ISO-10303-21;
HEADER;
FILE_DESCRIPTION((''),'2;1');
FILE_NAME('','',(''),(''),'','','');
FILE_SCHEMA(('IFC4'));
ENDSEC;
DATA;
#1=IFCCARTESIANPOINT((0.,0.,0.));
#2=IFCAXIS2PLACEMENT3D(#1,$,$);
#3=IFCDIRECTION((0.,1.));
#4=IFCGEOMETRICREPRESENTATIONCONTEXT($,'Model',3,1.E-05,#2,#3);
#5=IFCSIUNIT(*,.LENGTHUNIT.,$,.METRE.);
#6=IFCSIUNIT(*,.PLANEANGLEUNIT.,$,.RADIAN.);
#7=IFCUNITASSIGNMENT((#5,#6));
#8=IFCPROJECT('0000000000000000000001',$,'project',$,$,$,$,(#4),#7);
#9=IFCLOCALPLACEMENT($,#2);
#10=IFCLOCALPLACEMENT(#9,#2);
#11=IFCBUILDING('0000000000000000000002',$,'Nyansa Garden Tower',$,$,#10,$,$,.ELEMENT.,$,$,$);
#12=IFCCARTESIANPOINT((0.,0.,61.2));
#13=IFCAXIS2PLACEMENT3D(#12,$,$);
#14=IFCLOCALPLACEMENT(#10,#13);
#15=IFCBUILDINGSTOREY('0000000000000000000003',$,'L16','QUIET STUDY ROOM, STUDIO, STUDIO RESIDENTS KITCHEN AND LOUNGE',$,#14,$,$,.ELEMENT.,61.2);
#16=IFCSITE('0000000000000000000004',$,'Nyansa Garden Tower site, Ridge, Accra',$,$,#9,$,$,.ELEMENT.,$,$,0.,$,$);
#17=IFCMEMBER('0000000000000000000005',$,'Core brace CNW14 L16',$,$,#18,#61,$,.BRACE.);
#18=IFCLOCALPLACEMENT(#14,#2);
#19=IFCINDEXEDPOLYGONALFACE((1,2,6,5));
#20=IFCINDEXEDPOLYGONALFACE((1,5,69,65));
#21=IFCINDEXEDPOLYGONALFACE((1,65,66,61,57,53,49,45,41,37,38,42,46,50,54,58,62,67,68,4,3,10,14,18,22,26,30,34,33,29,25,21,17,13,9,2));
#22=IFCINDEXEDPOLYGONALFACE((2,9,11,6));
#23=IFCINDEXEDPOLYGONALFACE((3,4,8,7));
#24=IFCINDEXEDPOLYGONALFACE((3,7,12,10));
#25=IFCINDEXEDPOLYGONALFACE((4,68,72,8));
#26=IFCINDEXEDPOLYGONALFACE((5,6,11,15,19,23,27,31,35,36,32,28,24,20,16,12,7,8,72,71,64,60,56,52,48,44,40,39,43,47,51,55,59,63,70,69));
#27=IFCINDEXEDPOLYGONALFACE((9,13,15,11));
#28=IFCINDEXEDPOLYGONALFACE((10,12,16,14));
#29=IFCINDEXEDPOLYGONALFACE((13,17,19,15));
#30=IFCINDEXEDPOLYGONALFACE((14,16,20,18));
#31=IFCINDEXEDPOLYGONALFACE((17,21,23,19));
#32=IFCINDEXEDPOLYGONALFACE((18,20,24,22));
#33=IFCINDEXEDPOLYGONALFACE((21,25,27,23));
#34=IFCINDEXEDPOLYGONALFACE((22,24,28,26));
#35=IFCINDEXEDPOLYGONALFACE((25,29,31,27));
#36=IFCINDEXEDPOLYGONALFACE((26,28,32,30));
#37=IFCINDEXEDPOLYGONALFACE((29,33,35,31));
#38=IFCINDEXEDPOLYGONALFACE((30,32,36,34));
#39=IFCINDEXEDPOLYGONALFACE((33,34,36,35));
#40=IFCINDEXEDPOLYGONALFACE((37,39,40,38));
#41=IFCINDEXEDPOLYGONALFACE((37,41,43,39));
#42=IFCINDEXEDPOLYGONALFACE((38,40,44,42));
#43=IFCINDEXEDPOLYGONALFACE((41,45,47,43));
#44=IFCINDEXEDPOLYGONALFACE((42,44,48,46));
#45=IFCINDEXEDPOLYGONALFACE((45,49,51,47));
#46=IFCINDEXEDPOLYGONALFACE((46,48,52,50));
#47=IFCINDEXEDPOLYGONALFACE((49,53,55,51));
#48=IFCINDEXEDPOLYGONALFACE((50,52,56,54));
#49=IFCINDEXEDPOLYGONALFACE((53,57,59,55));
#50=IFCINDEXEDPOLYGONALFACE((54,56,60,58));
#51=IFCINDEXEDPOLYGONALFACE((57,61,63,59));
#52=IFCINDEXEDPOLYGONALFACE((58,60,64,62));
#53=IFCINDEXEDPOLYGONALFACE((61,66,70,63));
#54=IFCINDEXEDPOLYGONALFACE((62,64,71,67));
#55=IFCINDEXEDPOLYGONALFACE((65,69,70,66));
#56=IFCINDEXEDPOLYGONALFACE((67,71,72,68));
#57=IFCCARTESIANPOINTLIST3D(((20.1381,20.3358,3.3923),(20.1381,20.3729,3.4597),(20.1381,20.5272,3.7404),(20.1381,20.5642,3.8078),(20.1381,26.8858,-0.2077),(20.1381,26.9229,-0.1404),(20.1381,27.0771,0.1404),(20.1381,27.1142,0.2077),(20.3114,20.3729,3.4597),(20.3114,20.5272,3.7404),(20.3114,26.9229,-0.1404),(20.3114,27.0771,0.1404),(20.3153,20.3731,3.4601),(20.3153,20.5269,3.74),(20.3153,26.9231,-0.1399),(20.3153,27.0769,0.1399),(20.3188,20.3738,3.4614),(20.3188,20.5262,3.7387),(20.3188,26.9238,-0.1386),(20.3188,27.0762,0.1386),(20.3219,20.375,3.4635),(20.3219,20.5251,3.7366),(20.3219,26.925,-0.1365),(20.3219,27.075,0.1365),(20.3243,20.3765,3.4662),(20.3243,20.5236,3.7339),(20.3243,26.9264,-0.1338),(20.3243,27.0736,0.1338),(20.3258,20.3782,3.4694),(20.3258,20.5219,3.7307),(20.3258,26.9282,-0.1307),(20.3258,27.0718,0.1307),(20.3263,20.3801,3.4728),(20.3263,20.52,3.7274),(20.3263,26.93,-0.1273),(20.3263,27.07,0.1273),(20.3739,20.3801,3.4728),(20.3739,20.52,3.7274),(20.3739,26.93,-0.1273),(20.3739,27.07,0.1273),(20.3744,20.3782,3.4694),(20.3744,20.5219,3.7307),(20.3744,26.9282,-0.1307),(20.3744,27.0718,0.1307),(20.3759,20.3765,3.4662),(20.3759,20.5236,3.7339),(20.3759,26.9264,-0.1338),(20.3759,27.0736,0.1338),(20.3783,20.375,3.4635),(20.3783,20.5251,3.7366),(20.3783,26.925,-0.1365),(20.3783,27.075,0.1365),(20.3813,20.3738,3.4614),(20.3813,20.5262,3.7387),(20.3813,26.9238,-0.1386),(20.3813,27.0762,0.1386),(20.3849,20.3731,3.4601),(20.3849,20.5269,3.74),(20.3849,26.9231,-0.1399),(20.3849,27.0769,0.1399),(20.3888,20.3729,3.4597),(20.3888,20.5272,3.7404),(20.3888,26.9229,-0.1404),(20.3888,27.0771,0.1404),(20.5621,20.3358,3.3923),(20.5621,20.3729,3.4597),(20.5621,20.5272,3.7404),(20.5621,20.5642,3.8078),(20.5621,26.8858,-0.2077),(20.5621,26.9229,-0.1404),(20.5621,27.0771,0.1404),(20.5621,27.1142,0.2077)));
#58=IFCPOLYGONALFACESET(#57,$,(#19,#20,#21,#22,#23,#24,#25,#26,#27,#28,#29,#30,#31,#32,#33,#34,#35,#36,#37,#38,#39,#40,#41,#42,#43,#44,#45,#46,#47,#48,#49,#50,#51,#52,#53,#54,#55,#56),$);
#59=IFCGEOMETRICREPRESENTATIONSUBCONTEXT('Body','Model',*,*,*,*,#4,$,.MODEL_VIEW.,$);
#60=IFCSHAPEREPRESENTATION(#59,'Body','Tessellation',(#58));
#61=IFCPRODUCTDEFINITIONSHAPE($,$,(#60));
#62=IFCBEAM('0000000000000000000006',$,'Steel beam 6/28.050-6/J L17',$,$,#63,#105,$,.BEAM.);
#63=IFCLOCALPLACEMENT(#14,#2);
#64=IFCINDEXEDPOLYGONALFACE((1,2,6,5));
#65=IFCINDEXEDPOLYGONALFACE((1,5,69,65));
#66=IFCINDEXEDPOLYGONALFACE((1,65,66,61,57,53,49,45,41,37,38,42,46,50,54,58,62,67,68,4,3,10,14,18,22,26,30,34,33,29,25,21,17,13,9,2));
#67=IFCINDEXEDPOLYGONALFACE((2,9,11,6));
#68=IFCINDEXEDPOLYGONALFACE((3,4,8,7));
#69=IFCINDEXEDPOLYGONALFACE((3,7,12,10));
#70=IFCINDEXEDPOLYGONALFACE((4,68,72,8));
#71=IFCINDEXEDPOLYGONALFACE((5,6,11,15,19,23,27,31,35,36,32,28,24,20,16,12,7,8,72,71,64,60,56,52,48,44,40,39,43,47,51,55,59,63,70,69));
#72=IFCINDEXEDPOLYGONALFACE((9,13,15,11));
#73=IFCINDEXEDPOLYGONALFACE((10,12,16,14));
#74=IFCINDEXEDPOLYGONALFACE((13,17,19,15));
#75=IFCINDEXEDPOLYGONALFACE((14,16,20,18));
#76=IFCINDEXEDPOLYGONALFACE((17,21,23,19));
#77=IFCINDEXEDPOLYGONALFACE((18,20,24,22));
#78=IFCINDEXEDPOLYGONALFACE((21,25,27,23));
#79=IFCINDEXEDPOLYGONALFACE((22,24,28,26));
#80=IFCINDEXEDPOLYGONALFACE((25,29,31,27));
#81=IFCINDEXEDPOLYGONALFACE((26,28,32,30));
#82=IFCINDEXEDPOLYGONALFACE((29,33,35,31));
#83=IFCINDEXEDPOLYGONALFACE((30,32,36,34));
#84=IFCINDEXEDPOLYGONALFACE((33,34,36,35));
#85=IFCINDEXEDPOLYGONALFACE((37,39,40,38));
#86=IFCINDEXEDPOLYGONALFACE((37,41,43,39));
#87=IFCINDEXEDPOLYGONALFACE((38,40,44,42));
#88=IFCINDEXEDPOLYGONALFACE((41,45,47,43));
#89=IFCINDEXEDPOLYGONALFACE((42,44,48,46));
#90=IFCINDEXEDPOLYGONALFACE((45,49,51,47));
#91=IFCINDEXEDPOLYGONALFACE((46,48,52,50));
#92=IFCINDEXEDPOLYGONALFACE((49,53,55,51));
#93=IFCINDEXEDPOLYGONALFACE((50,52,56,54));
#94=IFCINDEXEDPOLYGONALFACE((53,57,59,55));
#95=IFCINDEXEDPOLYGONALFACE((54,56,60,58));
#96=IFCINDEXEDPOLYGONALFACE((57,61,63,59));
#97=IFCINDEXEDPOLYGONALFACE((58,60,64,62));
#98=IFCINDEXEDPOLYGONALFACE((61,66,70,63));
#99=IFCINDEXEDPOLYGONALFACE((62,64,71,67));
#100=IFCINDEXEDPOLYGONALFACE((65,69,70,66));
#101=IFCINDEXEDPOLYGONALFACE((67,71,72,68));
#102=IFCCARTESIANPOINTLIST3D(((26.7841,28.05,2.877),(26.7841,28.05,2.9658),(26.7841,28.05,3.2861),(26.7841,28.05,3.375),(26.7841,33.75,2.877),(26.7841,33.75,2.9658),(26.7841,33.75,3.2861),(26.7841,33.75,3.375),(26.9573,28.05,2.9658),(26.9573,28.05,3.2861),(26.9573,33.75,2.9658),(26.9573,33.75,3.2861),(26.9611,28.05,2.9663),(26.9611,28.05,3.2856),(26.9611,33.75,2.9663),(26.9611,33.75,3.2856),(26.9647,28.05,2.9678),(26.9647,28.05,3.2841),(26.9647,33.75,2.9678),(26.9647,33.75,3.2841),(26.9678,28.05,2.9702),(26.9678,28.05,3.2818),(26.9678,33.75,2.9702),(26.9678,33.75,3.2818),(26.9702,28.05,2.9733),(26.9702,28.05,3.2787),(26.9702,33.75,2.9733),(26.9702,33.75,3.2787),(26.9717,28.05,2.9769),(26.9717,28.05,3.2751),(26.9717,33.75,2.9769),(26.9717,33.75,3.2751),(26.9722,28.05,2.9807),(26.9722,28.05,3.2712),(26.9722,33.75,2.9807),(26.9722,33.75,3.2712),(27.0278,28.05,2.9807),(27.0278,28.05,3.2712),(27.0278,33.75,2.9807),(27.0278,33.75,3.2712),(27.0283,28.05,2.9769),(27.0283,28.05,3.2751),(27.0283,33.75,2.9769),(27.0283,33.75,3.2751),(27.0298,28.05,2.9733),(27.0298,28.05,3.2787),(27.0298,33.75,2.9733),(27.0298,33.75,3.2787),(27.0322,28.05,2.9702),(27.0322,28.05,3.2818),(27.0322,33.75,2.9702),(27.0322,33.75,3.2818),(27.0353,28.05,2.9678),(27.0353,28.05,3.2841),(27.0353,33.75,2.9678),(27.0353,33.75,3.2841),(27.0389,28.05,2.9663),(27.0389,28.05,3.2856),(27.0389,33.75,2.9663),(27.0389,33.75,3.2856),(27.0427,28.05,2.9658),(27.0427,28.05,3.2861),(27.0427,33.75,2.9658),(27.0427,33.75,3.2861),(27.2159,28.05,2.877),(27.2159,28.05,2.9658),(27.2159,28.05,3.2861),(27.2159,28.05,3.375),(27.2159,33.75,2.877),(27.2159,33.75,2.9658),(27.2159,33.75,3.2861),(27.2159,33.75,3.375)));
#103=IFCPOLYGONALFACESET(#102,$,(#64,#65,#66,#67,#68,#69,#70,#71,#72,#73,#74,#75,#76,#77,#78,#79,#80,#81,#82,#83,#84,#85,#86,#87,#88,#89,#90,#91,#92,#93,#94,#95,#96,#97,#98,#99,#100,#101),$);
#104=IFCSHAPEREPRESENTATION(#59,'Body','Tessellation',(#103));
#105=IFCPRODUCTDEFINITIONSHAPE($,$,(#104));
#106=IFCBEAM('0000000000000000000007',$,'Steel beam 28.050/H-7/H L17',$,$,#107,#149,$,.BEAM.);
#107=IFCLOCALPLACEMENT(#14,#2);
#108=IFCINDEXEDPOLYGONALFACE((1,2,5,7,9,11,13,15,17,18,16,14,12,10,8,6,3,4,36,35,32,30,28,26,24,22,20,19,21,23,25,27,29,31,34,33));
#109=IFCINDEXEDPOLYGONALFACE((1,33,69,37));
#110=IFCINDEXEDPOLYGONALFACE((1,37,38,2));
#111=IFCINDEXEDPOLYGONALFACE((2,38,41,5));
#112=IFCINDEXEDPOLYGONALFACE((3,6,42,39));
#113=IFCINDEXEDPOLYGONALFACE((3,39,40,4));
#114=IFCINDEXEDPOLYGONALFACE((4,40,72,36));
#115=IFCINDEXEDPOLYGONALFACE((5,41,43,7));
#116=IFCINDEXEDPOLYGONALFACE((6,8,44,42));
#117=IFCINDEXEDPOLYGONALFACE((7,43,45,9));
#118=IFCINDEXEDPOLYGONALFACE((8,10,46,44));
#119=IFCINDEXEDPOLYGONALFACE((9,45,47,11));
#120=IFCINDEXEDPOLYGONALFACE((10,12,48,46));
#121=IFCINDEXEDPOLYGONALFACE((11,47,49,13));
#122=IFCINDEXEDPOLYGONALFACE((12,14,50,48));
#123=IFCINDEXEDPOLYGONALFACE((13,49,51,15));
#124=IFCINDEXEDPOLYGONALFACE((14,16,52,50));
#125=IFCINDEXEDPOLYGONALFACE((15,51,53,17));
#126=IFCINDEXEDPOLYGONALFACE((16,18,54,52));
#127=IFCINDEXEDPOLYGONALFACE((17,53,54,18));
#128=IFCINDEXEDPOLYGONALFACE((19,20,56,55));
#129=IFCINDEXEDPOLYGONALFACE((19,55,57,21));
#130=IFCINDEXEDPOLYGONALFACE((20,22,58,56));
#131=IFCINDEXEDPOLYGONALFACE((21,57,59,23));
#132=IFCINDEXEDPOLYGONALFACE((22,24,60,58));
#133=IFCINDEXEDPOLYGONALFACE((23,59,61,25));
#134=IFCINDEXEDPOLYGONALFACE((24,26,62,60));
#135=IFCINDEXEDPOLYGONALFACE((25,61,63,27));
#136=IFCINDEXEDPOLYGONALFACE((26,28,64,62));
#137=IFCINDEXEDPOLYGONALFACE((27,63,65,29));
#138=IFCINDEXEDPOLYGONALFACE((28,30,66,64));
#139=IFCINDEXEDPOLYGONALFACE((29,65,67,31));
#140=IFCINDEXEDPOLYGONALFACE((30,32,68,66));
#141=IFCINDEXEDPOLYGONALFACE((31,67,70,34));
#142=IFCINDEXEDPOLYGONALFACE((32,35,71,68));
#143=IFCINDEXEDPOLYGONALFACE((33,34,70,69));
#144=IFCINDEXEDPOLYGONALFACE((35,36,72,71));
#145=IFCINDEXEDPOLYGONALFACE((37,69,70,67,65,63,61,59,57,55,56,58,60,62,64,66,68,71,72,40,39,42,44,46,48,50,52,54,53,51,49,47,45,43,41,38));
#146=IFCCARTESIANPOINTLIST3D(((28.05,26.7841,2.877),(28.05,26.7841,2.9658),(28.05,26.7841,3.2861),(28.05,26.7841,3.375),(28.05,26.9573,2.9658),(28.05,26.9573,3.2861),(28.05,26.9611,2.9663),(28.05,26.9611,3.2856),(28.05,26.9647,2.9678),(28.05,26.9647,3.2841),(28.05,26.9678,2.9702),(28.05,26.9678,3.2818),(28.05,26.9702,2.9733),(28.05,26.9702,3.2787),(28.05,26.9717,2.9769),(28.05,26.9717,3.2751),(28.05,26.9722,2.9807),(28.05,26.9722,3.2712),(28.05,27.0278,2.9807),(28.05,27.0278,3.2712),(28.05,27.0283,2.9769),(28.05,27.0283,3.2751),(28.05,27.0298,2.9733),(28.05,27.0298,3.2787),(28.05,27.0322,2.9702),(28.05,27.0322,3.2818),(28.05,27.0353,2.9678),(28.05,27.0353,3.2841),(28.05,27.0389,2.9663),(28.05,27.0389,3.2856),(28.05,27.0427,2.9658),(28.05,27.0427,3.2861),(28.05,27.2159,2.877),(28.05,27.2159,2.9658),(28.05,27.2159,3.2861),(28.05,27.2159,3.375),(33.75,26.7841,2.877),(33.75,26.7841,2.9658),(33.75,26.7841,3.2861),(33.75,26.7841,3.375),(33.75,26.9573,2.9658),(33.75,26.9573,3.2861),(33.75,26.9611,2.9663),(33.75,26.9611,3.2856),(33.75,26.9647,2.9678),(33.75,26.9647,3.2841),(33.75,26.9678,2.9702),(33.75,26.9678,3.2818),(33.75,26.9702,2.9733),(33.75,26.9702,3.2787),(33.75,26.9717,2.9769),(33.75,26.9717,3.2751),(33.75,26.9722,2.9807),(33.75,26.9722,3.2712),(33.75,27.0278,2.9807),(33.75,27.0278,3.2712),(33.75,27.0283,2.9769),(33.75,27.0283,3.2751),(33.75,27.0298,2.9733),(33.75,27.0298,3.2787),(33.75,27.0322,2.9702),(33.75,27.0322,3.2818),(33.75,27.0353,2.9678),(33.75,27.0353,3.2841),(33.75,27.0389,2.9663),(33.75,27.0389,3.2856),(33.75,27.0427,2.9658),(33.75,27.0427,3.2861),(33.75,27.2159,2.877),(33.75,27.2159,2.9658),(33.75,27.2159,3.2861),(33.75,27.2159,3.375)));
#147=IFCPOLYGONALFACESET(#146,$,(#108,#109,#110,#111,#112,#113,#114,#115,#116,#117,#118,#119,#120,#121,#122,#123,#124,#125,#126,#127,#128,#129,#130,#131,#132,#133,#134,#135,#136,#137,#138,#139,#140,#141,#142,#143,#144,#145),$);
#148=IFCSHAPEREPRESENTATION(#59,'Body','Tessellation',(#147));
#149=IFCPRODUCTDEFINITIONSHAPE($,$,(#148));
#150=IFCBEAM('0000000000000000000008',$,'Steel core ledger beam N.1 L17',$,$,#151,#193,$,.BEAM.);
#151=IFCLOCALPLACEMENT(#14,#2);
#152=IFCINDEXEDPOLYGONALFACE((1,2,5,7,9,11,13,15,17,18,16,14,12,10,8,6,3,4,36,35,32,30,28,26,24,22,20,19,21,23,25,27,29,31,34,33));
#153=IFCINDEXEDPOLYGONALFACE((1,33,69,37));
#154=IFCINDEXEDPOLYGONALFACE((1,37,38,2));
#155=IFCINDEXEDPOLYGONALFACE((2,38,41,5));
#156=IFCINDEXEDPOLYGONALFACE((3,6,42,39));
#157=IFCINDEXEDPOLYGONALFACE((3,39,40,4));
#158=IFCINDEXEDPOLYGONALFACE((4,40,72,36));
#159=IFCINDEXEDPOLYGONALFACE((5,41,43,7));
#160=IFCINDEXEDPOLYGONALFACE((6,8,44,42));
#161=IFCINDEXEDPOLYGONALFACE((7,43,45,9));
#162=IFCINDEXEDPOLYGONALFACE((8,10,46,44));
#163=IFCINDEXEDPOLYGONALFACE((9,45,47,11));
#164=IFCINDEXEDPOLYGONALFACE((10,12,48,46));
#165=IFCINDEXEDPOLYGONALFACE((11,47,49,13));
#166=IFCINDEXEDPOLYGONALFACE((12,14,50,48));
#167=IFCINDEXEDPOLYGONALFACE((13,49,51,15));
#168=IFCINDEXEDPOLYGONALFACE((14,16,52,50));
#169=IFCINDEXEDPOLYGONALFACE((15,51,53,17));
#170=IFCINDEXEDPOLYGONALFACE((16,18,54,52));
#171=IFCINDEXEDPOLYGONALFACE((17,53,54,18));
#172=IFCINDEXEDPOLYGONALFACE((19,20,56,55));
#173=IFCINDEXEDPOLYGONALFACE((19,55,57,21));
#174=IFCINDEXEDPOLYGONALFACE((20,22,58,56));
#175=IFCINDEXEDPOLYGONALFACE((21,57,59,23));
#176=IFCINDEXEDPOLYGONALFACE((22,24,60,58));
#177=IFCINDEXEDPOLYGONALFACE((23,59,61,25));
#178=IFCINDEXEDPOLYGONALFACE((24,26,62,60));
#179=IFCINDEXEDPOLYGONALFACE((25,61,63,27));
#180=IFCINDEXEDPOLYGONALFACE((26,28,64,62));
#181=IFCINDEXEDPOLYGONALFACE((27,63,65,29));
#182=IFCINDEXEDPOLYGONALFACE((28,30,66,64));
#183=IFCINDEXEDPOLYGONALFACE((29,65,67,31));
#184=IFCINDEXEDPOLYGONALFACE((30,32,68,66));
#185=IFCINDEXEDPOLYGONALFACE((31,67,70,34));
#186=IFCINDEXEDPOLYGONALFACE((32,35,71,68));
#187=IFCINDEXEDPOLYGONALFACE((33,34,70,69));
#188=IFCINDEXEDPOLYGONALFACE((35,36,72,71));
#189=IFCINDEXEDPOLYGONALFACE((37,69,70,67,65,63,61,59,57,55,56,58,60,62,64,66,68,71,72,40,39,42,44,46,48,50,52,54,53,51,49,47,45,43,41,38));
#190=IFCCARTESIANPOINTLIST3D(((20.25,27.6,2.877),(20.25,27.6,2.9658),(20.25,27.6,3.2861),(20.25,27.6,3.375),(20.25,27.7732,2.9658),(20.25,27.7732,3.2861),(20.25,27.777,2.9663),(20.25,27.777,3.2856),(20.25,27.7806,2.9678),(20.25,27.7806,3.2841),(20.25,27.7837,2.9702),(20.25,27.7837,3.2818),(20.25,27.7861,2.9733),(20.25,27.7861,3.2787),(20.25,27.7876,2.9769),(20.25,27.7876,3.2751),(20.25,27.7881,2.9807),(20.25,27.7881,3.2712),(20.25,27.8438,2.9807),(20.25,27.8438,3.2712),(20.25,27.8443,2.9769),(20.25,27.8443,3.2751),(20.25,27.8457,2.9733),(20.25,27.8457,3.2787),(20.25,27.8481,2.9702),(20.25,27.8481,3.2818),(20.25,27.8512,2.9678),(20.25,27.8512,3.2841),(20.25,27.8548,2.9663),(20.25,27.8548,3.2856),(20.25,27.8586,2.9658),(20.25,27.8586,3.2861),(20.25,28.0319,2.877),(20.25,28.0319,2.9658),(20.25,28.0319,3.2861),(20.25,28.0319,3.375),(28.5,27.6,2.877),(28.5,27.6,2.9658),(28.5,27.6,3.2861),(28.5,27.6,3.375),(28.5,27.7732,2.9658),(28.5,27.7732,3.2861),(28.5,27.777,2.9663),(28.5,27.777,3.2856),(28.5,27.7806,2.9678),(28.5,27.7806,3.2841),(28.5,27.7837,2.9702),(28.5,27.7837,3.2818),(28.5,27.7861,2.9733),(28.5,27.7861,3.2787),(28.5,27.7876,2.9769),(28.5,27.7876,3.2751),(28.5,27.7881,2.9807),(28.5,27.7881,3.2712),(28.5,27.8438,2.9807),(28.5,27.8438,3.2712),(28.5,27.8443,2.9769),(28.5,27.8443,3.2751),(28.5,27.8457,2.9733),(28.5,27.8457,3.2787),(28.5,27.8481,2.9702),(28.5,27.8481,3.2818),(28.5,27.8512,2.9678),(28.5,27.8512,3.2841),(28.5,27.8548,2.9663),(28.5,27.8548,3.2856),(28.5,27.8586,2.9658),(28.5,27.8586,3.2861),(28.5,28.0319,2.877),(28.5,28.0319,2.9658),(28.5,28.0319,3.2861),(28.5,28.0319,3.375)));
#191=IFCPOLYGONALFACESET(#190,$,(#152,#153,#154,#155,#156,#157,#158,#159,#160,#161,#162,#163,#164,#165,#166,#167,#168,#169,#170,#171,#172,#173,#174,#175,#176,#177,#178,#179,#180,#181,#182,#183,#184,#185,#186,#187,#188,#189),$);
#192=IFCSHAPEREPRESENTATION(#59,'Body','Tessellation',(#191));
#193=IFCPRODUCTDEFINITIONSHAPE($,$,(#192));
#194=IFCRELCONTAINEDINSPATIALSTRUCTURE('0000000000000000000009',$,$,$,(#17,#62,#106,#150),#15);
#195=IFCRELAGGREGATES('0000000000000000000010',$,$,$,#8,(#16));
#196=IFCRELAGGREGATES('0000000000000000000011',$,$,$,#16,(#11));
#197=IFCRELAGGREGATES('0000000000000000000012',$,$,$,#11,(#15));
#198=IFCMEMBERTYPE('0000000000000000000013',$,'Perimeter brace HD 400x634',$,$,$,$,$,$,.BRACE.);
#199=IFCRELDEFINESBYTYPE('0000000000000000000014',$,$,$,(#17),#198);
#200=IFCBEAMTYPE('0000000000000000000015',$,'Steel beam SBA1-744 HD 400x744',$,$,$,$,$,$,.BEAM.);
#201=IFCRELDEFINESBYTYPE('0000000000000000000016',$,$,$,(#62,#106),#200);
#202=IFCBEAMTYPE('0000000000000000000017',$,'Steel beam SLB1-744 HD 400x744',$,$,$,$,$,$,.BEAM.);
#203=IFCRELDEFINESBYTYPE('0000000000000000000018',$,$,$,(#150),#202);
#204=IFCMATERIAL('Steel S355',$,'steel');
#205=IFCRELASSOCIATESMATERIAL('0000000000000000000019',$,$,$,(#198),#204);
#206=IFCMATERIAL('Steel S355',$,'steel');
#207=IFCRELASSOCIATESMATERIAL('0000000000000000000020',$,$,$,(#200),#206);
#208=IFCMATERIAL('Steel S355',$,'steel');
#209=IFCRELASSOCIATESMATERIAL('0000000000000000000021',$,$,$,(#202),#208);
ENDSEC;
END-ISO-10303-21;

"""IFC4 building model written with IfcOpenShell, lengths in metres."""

from ifc_helpers import new_model, si_unit, direction, frame, origin, origin_2d, place, context, subcontext, project, spatial, i_section, extrude, material, material_profile, profile_set, type_object, element, save


model = new_model("IFC4")

# Units and contexts
model_context = context("Model", 3, precision=1e-05, world=origin(), true_north=direction((0.0, 1.0)))
body_context = subcontext(model_context, "Body", "Model", "MODEL_VIEW")
ifc_project = project(units=[si_unit("LENGTHUNIT", "METRE"), si_unit("PLANEANGLEUNIT", "RADIAN")], contexts=[model_context])

# Site, building, storey
site_placement = place(None, origin())
site = spatial("IfcSite", under=ifc_project, at=site_placement, Name="Nyansa Garden Tower site, Ridge, Accra", CompositionType="ELEMENT", RefElevation=0.0)
building_placement = place(site_placement, origin())
building = spatial("IfcBuilding", under=site, at=building_placement, Name="Nyansa Garden Tower", CompositionType="ELEMENT")
storey_placement = place(building_placement, frame((0.0, 0.0, 61.2)))
storey = spatial("IfcBuildingStorey", under=building, at=storey_placement, Name="L16", Description="QUIET STUDY ROOM, STUDIO, STUDIO RESIDENTS KITCHEN AND LOUNGE", CompositionType="ELEMENT", Elevation=61.2)

# Member
ifc_material_1 = material(Name="Steel S355", Category="steel")
ifc_material_profile_1 = material_profile(ifc_material_1, i_section(OverallWidth=0.4241, OverallDepth=0.4741, WebThickness=0.0476, FlangeThickness=0.0769, FilletRadius=0.0149, at=origin_2d()), Name="HD 400x634")
ifc_profile_set_1 = profile_set([ifc_material_profile_1], Name="Steel S355")
member_type = type_object("IfcMemberType", Name="Perimeter brace HD 400x634", PredefinedType="BRACE", material=ifc_profile_set_1)
for number, where, z_axis, x_axis, name in (
    (1, (20.3501, 27.0, 0.0), (0.0, -0.876353, 0.481669), (1.0, 0.0, 0.0), "Core brace CNW14 L16"),
):
    element("IfcMember", number, at=place(storey_placement, frame(where, z_axis=z_axis, x_axis=x_axis)), inside=storey, type_object=member_type, Name=name, PredefinedType="BRACE", context=body_context, shape_type="SweptSolid", body=[
        extrude(i_section(OverallWidth=0.4241, OverallDepth=0.4741, WebThickness=0.0476, FlangeThickness=0.0769, FilletRadius=0.0149, at=origin_2d()), origin(), (0.0, 0.0, 1.0), 7.4741),
    ])

# Beams
ifc_material_2 = material(Name="Steel S355", Category="steel")
ifc_material_profile_2 = material_profile(ifc_material_2, i_section(OverallWidth=0.4319, OverallDepth=0.498, WebThickness=0.0557, FlangeThickness=0.0889, FilletRadius=0.0149, at=origin_2d()), Name="HD 400x744")
ifc_profile_set_2 = profile_set([ifc_material_profile_2], Name="Steel S355")
beam_type_1 = type_object("IfcBeamType", Name="Steel beam SBA1-744 HD 400x744", PredefinedType="BEAM", material=ifc_profile_set_2)
for number, where, z_axis, x_axis, name in (
    (2, (27.0, 28.05, 3.126), (0.0, 1.0, 0.0), (-1.0, 0.0, 0.0), "Steel beam 6/28.050-6/J L17"),
    (3, (28.05, 27.0, 3.126), (1.0, 0.0, 0.0), (0.0, 1.0, 0.0), "Steel beam 28.050/H-7/H L17"),
):
    element("IfcBeam", number, at=place(storey_placement, frame(where, z_axis=z_axis, x_axis=x_axis)), inside=storey, type_object=beam_type_1, Name=name, PredefinedType="BEAM", context=body_context, shape_type="SweptSolid", body=[
        extrude(i_section(OverallWidth=0.4319, OverallDepth=0.498, WebThickness=0.0557, FlangeThickness=0.0889, FilletRadius=0.0149, at=origin_2d()), origin(), (0.0, 0.0, 1.0), 5.7),
    ])
ifc_material_3 = material(Name="Steel S355", Category="steel")
ifc_material_profile_3 = material_profile(ifc_material_3, i_section(OverallWidth=0.4319, OverallDepth=0.498, WebThickness=0.0557, FlangeThickness=0.0889, FilletRadius=0.0149, at=origin_2d()), Name="HD 400x744")
ifc_profile_set_3 = profile_set([ifc_material_profile_3], Name="Steel S355")
beam_type_2 = type_object("IfcBeamType", Name="Steel beam SLB1-744 HD 400x744", PredefinedType="BEAM", material=ifc_profile_set_3)
beam_1_placement = place(storey_placement, frame((28.5, 27.8159, 3.126), z_axis=(-1.0, 0.0, 0.0), x_axis=(0.0, -1.0, 0.0)))
element("IfcBeam", 4, at=beam_1_placement, inside=storey, type_object=beam_type_2, Name="Steel core ledger beam N.1 L17", PredefinedType="BEAM", context=body_context, shape_type="SweptSolid", body=[
    extrude(i_section(OverallWidth=0.4319, OverallDepth=0.498, WebThickness=0.0557, FlangeThickness=0.0889, FilletRadius=0.0149, at=origin_2d()), origin(), (0.0, 0.0, 1.0), 8.25),
])

save(model, "model.ifc")
